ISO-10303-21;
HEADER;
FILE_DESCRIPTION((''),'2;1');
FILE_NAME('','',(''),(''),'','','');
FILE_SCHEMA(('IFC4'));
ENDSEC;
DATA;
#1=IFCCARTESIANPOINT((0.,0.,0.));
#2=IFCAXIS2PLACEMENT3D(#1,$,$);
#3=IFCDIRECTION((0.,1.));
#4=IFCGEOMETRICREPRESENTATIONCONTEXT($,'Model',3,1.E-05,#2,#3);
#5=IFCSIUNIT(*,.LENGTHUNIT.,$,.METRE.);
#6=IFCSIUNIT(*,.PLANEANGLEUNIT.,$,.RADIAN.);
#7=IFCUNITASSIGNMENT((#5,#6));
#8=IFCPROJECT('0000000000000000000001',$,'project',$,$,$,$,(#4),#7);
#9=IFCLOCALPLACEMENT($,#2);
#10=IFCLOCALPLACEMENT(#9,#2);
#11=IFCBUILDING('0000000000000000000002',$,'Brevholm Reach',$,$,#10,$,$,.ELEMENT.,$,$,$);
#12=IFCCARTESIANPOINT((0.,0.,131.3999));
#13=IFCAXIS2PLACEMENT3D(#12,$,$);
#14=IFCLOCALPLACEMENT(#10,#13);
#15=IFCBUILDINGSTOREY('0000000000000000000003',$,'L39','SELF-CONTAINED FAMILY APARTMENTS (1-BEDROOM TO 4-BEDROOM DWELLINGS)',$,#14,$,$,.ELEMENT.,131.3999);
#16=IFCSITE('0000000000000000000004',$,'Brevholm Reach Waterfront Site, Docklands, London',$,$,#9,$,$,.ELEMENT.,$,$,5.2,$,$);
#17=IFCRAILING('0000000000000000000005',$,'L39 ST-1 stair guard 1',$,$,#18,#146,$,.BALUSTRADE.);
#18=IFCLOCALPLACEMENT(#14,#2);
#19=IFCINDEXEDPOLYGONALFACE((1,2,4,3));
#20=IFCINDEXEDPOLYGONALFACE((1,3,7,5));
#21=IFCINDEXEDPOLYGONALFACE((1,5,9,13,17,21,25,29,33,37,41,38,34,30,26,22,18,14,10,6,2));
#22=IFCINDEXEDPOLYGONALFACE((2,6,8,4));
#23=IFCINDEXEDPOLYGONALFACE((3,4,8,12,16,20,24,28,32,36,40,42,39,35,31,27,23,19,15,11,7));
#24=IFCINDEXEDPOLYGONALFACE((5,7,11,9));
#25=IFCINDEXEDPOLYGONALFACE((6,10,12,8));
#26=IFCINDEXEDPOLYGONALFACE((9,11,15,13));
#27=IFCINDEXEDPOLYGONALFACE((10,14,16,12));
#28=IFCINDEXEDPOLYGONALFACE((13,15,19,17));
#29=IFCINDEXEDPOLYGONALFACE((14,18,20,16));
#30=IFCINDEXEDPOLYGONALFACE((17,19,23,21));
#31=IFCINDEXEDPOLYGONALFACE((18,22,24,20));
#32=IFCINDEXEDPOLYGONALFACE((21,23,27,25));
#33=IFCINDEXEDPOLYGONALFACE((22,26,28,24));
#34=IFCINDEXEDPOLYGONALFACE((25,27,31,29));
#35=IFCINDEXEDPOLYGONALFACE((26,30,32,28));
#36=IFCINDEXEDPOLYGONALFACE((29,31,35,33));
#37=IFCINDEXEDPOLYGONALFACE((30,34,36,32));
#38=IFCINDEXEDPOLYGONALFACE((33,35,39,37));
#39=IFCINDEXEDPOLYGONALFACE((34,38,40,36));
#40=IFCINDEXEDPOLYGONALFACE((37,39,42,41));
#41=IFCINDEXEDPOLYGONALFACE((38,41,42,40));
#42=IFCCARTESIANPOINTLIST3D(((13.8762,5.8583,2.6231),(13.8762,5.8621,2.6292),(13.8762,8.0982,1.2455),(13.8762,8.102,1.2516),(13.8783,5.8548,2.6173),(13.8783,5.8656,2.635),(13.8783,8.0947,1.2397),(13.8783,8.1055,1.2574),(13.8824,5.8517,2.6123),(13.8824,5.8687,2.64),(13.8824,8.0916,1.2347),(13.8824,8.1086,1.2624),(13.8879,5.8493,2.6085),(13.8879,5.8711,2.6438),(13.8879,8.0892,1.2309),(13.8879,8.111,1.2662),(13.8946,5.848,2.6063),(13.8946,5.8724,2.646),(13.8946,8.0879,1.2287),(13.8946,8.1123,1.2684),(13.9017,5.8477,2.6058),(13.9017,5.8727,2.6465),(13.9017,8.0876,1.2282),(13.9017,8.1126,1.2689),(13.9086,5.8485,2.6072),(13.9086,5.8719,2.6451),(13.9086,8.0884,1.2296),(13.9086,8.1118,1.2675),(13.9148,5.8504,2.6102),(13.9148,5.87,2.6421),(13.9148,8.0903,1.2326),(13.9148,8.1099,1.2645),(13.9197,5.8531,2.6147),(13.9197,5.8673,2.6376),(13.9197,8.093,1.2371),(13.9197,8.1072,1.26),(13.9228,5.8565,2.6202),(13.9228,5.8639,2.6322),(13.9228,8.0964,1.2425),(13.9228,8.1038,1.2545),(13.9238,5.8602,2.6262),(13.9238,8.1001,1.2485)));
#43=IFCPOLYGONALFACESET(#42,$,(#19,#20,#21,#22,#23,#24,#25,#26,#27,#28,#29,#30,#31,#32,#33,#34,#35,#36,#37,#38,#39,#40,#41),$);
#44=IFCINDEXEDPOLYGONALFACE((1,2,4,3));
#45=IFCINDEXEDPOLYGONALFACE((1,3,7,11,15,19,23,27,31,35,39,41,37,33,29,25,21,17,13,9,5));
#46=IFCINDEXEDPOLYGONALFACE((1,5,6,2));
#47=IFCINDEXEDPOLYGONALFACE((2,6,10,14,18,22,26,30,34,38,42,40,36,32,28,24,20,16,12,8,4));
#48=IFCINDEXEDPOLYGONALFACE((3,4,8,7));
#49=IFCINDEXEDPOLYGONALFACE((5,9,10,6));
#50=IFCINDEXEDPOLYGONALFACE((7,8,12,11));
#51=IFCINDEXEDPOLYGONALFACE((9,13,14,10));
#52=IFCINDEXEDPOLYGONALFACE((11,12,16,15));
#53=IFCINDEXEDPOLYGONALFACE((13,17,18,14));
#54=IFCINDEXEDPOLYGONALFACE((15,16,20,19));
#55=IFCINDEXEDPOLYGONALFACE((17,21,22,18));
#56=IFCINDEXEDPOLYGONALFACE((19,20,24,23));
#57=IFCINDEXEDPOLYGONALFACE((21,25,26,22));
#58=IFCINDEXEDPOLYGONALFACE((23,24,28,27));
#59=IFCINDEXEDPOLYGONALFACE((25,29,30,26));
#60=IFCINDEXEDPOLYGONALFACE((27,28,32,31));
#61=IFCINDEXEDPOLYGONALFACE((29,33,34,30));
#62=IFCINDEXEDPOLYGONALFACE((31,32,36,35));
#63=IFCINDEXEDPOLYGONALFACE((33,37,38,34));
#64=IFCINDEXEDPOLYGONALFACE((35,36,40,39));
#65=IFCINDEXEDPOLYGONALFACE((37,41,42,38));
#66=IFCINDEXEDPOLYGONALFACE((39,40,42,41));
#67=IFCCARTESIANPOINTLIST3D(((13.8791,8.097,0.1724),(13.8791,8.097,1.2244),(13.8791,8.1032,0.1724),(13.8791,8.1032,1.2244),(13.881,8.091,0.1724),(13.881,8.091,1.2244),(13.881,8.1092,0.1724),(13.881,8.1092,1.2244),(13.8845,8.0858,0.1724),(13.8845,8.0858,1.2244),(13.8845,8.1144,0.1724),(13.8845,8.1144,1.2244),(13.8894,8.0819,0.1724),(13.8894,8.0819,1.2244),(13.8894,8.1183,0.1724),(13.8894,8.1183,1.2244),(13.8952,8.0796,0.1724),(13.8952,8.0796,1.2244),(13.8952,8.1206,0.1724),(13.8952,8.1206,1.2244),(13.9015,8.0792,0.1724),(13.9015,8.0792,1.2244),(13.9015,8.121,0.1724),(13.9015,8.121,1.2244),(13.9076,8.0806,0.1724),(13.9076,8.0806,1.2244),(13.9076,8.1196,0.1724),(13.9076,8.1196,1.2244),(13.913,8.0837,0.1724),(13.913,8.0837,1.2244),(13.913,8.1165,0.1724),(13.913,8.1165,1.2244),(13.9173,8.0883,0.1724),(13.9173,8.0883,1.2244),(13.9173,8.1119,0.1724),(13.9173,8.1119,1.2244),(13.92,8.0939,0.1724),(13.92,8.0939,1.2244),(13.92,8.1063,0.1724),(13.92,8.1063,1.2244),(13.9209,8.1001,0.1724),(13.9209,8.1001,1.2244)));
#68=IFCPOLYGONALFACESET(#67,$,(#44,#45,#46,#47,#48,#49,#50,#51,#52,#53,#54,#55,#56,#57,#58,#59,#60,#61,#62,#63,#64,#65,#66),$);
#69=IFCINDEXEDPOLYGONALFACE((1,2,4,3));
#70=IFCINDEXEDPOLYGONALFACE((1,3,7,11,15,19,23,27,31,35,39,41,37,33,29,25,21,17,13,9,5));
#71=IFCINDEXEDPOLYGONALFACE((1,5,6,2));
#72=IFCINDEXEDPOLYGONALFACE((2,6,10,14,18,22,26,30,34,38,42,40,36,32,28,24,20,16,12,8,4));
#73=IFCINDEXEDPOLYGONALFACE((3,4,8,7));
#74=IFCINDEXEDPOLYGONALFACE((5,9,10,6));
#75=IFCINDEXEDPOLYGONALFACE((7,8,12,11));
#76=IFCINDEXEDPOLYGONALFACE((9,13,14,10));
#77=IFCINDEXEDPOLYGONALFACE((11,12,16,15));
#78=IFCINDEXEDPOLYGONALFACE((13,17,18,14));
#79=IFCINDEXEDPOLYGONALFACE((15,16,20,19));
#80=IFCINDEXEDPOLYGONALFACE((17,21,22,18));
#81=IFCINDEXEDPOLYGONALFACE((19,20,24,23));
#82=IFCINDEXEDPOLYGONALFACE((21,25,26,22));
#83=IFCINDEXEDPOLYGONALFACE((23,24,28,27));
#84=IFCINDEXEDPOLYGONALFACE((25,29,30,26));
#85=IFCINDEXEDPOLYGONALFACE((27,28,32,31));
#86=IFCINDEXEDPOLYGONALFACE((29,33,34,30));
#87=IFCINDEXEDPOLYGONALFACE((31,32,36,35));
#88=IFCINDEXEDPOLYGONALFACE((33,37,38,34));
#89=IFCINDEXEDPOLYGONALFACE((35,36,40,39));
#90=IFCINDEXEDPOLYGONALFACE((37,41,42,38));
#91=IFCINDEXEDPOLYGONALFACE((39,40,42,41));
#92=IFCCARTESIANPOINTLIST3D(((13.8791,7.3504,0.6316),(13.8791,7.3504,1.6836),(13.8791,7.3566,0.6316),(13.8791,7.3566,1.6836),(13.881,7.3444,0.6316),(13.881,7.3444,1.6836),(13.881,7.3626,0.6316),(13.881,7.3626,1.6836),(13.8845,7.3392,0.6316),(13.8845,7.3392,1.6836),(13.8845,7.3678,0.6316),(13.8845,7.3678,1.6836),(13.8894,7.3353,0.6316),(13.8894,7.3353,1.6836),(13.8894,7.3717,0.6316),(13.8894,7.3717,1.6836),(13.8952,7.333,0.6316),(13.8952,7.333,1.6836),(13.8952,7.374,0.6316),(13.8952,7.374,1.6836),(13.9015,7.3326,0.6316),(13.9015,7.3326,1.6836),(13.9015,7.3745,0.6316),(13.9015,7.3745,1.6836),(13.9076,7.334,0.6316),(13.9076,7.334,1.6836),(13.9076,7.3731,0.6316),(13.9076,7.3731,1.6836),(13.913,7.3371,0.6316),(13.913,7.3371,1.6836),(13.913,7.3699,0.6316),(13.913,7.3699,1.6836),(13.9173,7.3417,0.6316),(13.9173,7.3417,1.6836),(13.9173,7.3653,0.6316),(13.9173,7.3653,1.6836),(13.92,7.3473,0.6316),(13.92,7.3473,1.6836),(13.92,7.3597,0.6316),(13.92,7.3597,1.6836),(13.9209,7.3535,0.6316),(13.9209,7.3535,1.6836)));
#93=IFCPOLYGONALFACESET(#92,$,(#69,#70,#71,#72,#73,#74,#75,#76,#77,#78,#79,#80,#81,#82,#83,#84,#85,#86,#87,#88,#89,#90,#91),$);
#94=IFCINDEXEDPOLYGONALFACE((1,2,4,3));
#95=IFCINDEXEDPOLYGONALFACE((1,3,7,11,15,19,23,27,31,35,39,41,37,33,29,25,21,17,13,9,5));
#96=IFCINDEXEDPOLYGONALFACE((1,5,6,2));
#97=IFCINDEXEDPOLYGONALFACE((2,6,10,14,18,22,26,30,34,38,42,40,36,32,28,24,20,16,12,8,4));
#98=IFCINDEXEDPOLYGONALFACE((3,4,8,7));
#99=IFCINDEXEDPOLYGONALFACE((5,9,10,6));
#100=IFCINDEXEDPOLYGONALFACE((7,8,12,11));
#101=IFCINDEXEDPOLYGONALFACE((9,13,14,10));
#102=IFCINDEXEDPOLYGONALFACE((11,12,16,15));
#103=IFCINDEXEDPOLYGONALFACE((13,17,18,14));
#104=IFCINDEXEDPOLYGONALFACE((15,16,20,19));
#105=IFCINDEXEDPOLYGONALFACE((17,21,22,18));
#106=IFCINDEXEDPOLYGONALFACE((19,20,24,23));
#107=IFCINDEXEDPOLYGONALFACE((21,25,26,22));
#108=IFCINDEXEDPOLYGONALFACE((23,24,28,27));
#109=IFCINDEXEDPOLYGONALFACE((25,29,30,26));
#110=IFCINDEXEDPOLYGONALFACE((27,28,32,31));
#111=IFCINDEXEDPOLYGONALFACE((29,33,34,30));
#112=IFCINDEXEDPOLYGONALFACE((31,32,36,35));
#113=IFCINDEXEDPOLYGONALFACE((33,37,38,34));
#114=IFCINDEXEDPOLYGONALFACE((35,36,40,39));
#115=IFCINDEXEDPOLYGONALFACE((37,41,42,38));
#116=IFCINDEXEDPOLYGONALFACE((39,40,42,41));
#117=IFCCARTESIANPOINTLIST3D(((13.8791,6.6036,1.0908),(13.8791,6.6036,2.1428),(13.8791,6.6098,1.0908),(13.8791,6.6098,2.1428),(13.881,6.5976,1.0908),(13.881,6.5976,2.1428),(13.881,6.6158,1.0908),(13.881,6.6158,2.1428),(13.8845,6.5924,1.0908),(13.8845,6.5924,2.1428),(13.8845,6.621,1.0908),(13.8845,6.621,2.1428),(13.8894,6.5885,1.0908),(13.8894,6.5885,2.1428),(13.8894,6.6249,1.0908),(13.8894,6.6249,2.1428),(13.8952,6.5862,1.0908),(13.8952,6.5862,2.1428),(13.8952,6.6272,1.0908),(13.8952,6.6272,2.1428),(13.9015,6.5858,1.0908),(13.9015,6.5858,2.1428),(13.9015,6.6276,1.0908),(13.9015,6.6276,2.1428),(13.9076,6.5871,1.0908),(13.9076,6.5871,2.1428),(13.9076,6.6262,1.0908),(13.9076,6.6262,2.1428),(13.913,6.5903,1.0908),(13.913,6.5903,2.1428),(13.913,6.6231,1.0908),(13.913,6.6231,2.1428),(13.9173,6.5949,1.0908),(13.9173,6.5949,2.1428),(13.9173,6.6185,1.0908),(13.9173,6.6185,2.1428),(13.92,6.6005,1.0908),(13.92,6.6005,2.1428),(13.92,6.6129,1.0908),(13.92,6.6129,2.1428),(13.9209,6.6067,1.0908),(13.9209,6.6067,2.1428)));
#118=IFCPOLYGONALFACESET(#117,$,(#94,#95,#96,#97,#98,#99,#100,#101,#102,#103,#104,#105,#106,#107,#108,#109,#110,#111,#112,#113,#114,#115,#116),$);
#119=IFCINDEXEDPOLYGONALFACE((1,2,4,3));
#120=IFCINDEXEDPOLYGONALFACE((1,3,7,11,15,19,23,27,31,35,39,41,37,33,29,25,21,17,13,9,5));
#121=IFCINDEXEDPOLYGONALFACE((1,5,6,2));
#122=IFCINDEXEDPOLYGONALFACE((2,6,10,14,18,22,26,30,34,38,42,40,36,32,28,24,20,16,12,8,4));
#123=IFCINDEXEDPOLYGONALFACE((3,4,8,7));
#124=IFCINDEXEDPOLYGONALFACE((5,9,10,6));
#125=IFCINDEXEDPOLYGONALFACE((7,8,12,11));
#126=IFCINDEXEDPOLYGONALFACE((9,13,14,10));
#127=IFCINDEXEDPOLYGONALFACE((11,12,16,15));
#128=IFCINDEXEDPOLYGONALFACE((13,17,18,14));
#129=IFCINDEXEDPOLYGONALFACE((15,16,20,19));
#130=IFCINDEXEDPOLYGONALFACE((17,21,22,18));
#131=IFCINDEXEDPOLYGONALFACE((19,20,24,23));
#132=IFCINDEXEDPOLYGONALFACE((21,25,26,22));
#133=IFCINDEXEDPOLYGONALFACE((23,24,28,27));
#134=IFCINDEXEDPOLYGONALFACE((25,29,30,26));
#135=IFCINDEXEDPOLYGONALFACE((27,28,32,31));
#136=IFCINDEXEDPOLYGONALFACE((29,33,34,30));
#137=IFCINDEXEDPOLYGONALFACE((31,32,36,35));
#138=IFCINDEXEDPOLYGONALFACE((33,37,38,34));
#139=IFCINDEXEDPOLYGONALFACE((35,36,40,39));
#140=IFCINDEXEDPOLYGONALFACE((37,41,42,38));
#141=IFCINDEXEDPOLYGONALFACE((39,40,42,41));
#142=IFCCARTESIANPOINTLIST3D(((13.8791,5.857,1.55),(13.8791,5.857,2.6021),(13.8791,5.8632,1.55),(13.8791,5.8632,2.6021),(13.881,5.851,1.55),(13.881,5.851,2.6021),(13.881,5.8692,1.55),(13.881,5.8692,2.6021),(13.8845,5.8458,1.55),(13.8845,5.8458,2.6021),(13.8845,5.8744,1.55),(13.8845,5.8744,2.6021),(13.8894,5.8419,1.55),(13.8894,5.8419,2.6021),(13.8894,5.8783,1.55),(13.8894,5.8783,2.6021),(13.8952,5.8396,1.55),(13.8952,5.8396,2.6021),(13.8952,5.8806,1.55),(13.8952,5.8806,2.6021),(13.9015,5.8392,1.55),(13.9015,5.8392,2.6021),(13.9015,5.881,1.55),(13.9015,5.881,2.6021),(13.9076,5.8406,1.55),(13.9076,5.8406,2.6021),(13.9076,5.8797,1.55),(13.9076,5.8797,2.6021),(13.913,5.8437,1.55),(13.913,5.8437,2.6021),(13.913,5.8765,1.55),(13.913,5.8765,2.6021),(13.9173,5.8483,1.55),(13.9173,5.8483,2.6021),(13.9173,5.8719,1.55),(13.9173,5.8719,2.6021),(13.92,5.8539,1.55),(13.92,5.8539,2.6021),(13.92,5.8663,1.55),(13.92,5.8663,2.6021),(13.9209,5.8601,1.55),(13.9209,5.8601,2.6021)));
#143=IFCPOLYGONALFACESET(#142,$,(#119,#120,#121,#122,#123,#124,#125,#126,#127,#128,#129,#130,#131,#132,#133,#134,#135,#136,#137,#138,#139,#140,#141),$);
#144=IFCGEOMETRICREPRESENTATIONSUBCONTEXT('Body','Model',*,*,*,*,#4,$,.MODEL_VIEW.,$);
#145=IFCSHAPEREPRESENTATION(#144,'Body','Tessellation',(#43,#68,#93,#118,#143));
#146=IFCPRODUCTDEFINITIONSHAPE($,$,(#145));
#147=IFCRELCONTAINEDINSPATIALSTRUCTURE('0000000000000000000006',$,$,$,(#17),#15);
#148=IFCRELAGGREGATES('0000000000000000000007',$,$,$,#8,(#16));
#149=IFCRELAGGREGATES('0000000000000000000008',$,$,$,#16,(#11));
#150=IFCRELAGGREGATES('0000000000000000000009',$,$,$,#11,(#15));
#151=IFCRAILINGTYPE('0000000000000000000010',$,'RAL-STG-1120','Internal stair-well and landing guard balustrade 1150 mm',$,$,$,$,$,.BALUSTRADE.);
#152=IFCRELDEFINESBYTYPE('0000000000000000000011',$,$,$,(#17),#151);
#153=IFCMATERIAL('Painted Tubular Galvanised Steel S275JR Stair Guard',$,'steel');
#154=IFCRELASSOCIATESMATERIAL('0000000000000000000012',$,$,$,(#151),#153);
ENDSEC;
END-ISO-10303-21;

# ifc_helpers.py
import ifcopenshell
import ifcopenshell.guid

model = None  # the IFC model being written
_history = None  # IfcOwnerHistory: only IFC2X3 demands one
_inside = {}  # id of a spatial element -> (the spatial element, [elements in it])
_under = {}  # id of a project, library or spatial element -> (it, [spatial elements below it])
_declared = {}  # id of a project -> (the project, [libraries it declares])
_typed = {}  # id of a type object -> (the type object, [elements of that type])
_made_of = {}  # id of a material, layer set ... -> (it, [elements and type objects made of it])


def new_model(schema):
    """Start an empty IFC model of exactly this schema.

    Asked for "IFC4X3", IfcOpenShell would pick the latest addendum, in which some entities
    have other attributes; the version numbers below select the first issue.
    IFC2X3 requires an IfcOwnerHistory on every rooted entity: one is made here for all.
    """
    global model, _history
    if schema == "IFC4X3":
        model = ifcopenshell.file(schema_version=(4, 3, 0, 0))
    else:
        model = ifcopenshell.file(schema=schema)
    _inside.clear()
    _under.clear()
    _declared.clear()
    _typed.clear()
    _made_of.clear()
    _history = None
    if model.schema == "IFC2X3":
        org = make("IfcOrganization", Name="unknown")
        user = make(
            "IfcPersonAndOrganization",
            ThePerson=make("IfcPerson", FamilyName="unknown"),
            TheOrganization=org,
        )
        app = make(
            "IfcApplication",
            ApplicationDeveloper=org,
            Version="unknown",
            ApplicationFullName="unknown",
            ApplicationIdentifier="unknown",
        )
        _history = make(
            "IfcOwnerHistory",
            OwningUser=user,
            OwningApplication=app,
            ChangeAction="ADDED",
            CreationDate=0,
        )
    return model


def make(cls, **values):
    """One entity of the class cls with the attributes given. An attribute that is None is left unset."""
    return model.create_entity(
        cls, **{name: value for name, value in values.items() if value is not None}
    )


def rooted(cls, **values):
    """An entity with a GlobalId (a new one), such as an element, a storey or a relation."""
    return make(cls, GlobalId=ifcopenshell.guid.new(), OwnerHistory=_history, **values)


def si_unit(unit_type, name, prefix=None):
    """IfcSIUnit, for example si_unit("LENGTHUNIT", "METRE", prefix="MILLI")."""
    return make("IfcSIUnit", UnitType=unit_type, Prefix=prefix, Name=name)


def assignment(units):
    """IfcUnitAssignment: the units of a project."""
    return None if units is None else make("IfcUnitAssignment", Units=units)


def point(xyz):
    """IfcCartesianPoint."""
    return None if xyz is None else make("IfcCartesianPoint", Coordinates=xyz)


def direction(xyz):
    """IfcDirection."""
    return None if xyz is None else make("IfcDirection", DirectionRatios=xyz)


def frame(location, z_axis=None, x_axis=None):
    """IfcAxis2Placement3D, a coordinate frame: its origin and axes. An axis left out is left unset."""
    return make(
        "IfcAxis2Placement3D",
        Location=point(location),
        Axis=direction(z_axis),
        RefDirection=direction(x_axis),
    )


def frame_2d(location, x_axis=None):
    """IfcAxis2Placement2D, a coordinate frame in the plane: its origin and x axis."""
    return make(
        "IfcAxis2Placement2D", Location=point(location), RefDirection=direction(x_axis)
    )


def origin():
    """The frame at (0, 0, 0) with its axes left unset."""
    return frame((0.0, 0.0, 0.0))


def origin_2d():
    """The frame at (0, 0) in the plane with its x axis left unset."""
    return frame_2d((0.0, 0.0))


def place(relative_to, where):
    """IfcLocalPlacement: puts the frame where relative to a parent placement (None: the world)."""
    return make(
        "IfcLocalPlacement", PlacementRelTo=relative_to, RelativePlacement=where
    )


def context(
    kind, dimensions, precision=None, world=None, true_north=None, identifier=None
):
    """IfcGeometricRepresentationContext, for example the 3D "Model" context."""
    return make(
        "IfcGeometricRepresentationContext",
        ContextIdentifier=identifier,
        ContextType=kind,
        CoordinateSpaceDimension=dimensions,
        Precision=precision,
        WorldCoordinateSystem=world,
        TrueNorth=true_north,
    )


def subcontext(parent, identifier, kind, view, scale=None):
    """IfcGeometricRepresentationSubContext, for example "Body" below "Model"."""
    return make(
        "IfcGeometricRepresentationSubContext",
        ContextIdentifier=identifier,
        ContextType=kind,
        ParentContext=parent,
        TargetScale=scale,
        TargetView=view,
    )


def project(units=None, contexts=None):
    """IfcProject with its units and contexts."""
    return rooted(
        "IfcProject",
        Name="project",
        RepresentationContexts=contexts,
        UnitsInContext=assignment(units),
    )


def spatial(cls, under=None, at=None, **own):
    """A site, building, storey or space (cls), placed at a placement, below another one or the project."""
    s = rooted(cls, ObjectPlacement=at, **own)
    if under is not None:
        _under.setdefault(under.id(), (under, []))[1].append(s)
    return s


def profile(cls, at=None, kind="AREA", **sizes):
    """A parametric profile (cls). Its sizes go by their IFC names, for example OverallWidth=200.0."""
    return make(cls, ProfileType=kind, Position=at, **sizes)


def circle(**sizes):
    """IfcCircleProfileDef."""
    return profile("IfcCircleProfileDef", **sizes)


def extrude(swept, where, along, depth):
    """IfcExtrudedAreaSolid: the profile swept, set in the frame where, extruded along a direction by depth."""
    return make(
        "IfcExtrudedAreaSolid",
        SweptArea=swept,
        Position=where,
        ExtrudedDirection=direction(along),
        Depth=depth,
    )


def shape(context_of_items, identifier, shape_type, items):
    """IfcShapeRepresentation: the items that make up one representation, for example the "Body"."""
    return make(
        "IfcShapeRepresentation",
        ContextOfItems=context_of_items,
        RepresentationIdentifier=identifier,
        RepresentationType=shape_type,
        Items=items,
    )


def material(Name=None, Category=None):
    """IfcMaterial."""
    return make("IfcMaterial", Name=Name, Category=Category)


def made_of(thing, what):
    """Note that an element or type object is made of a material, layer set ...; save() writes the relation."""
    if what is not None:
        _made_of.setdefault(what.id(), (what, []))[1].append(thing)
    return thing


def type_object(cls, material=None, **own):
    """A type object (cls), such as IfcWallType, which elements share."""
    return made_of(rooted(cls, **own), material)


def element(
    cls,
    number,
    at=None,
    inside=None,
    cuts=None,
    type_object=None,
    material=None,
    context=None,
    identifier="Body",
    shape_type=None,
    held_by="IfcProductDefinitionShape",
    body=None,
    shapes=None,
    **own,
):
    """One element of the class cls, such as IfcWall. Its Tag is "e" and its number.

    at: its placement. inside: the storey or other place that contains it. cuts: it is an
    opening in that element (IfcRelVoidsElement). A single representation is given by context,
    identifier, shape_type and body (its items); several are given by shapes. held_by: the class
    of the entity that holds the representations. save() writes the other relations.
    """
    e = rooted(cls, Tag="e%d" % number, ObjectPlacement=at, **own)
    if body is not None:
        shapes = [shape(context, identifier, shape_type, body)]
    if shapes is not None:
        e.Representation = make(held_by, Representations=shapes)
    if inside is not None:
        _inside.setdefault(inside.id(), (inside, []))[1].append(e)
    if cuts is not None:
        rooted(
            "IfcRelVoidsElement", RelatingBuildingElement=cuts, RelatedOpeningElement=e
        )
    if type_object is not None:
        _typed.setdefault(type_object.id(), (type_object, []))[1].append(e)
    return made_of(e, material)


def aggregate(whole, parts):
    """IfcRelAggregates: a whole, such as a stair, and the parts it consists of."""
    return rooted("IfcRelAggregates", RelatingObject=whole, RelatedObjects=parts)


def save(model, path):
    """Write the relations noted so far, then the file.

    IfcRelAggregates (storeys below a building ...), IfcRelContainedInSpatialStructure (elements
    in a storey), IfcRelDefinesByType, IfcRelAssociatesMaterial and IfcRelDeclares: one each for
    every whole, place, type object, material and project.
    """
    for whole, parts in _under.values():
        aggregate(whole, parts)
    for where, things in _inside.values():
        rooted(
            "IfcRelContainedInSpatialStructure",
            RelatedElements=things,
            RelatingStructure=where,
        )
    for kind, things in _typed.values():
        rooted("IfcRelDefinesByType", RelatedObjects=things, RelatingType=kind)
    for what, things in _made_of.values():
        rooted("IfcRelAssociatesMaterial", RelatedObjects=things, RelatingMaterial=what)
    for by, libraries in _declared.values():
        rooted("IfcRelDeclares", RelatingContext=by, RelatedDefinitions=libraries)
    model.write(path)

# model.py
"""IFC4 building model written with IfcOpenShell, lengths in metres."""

from ifc_helpers import new_model, si_unit, direction, frame, origin, origin_2d, place, context, subcontext, project, spatial, circle, extrude, material, type_object, element, save


model = new_model("IFC4")

# Units and contexts
model_context = context("Model", 3, precision=1e-05, world=origin(), true_north=direction((0.0, 1.0)))
body_context = subcontext(model_context, "Body", "Model", "MODEL_VIEW")
ifc_project = project(units=[si_unit("LENGTHUNIT", "METRE"), si_unit("PLANEANGLEUNIT", "RADIAN")], contexts=[model_context])

# Site, building, storey
site_placement = place(None, origin())
site = spatial("IfcSite", under=ifc_project, at=site_placement, Name="Brevholm Reach Waterfront Site, Docklands, London", CompositionType="ELEMENT", RefElevation=5.2)
building_placement = place(site_placement, origin())
building = spatial("IfcBuilding", under=site, at=building_placement, Name="Brevholm Reach", CompositionType="ELEMENT")
storey_placement = place(building_placement, frame((0.0, 0.0, 131.3999)))
storey = spatial("IfcBuildingStorey", under=building, at=storey_placement, Name="L39", Description="SELF-CONTAINED FAMILY APARTMENTS (1-BEDROOM TO 4-BEDROOM DWELLINGS)", CompositionType="ELEMENT", Elevation=131.3999)

# Railing
ifc_material_1 = material(Name="Painted Tubular Galvanised Steel S275JR Stair Guard", Category="steel")
railing_type_1 = type_object("IfcRailingType", Name="RAL-STG-1120", Description="Internal stair-well and landing guard balustrade 1150 mm", PredefinedType="BALUSTRADE", material=ifc_material_1)
railing_1_placement = place(storey_placement, frame((13.8999, 8.1001, 0.1724)))
element("IfcRailing", 1, at=railing_1_placement, inside=storey, type_object=railing_type_1, Name="L39 ST-1 stair guard 1", PredefinedType="BALUSTRADE", context=body_context, shape_type="SweptSolid", body=[
    extrude(circle(Radius=0.0239, at=origin_2d()), frame((0.0, 0.0, 1.0762), z_axis=(0.0, -0.851789, 0.523885), x_axis=(1.0, 0.0, 0.0)), (0.0, 0.0, 1.0), 2.6296),
    extrude(circle(Radius=0.021, at=origin_2d()), origin(), (0.0, 0.0, 1.0), 1.052),
    extrude(circle(Radius=0.021, at=origin_2d()), frame((0.0, -0.7466, 0.4592)), (0.0, 0.0, 1.0), 1.052),
    extrude(circle(Radius=0.021, at=origin_2d()), frame((0.0, -1.4934, 0.9185)), (0.0, 0.0, 1.0), 1.052),
    extrude(circle(Radius=0.021, at=origin_2d()), frame((0.0, -2.24, 1.3777)), (0.0, 0.0, 1.0), 1.052),
])

save(model, "model.ifc")
